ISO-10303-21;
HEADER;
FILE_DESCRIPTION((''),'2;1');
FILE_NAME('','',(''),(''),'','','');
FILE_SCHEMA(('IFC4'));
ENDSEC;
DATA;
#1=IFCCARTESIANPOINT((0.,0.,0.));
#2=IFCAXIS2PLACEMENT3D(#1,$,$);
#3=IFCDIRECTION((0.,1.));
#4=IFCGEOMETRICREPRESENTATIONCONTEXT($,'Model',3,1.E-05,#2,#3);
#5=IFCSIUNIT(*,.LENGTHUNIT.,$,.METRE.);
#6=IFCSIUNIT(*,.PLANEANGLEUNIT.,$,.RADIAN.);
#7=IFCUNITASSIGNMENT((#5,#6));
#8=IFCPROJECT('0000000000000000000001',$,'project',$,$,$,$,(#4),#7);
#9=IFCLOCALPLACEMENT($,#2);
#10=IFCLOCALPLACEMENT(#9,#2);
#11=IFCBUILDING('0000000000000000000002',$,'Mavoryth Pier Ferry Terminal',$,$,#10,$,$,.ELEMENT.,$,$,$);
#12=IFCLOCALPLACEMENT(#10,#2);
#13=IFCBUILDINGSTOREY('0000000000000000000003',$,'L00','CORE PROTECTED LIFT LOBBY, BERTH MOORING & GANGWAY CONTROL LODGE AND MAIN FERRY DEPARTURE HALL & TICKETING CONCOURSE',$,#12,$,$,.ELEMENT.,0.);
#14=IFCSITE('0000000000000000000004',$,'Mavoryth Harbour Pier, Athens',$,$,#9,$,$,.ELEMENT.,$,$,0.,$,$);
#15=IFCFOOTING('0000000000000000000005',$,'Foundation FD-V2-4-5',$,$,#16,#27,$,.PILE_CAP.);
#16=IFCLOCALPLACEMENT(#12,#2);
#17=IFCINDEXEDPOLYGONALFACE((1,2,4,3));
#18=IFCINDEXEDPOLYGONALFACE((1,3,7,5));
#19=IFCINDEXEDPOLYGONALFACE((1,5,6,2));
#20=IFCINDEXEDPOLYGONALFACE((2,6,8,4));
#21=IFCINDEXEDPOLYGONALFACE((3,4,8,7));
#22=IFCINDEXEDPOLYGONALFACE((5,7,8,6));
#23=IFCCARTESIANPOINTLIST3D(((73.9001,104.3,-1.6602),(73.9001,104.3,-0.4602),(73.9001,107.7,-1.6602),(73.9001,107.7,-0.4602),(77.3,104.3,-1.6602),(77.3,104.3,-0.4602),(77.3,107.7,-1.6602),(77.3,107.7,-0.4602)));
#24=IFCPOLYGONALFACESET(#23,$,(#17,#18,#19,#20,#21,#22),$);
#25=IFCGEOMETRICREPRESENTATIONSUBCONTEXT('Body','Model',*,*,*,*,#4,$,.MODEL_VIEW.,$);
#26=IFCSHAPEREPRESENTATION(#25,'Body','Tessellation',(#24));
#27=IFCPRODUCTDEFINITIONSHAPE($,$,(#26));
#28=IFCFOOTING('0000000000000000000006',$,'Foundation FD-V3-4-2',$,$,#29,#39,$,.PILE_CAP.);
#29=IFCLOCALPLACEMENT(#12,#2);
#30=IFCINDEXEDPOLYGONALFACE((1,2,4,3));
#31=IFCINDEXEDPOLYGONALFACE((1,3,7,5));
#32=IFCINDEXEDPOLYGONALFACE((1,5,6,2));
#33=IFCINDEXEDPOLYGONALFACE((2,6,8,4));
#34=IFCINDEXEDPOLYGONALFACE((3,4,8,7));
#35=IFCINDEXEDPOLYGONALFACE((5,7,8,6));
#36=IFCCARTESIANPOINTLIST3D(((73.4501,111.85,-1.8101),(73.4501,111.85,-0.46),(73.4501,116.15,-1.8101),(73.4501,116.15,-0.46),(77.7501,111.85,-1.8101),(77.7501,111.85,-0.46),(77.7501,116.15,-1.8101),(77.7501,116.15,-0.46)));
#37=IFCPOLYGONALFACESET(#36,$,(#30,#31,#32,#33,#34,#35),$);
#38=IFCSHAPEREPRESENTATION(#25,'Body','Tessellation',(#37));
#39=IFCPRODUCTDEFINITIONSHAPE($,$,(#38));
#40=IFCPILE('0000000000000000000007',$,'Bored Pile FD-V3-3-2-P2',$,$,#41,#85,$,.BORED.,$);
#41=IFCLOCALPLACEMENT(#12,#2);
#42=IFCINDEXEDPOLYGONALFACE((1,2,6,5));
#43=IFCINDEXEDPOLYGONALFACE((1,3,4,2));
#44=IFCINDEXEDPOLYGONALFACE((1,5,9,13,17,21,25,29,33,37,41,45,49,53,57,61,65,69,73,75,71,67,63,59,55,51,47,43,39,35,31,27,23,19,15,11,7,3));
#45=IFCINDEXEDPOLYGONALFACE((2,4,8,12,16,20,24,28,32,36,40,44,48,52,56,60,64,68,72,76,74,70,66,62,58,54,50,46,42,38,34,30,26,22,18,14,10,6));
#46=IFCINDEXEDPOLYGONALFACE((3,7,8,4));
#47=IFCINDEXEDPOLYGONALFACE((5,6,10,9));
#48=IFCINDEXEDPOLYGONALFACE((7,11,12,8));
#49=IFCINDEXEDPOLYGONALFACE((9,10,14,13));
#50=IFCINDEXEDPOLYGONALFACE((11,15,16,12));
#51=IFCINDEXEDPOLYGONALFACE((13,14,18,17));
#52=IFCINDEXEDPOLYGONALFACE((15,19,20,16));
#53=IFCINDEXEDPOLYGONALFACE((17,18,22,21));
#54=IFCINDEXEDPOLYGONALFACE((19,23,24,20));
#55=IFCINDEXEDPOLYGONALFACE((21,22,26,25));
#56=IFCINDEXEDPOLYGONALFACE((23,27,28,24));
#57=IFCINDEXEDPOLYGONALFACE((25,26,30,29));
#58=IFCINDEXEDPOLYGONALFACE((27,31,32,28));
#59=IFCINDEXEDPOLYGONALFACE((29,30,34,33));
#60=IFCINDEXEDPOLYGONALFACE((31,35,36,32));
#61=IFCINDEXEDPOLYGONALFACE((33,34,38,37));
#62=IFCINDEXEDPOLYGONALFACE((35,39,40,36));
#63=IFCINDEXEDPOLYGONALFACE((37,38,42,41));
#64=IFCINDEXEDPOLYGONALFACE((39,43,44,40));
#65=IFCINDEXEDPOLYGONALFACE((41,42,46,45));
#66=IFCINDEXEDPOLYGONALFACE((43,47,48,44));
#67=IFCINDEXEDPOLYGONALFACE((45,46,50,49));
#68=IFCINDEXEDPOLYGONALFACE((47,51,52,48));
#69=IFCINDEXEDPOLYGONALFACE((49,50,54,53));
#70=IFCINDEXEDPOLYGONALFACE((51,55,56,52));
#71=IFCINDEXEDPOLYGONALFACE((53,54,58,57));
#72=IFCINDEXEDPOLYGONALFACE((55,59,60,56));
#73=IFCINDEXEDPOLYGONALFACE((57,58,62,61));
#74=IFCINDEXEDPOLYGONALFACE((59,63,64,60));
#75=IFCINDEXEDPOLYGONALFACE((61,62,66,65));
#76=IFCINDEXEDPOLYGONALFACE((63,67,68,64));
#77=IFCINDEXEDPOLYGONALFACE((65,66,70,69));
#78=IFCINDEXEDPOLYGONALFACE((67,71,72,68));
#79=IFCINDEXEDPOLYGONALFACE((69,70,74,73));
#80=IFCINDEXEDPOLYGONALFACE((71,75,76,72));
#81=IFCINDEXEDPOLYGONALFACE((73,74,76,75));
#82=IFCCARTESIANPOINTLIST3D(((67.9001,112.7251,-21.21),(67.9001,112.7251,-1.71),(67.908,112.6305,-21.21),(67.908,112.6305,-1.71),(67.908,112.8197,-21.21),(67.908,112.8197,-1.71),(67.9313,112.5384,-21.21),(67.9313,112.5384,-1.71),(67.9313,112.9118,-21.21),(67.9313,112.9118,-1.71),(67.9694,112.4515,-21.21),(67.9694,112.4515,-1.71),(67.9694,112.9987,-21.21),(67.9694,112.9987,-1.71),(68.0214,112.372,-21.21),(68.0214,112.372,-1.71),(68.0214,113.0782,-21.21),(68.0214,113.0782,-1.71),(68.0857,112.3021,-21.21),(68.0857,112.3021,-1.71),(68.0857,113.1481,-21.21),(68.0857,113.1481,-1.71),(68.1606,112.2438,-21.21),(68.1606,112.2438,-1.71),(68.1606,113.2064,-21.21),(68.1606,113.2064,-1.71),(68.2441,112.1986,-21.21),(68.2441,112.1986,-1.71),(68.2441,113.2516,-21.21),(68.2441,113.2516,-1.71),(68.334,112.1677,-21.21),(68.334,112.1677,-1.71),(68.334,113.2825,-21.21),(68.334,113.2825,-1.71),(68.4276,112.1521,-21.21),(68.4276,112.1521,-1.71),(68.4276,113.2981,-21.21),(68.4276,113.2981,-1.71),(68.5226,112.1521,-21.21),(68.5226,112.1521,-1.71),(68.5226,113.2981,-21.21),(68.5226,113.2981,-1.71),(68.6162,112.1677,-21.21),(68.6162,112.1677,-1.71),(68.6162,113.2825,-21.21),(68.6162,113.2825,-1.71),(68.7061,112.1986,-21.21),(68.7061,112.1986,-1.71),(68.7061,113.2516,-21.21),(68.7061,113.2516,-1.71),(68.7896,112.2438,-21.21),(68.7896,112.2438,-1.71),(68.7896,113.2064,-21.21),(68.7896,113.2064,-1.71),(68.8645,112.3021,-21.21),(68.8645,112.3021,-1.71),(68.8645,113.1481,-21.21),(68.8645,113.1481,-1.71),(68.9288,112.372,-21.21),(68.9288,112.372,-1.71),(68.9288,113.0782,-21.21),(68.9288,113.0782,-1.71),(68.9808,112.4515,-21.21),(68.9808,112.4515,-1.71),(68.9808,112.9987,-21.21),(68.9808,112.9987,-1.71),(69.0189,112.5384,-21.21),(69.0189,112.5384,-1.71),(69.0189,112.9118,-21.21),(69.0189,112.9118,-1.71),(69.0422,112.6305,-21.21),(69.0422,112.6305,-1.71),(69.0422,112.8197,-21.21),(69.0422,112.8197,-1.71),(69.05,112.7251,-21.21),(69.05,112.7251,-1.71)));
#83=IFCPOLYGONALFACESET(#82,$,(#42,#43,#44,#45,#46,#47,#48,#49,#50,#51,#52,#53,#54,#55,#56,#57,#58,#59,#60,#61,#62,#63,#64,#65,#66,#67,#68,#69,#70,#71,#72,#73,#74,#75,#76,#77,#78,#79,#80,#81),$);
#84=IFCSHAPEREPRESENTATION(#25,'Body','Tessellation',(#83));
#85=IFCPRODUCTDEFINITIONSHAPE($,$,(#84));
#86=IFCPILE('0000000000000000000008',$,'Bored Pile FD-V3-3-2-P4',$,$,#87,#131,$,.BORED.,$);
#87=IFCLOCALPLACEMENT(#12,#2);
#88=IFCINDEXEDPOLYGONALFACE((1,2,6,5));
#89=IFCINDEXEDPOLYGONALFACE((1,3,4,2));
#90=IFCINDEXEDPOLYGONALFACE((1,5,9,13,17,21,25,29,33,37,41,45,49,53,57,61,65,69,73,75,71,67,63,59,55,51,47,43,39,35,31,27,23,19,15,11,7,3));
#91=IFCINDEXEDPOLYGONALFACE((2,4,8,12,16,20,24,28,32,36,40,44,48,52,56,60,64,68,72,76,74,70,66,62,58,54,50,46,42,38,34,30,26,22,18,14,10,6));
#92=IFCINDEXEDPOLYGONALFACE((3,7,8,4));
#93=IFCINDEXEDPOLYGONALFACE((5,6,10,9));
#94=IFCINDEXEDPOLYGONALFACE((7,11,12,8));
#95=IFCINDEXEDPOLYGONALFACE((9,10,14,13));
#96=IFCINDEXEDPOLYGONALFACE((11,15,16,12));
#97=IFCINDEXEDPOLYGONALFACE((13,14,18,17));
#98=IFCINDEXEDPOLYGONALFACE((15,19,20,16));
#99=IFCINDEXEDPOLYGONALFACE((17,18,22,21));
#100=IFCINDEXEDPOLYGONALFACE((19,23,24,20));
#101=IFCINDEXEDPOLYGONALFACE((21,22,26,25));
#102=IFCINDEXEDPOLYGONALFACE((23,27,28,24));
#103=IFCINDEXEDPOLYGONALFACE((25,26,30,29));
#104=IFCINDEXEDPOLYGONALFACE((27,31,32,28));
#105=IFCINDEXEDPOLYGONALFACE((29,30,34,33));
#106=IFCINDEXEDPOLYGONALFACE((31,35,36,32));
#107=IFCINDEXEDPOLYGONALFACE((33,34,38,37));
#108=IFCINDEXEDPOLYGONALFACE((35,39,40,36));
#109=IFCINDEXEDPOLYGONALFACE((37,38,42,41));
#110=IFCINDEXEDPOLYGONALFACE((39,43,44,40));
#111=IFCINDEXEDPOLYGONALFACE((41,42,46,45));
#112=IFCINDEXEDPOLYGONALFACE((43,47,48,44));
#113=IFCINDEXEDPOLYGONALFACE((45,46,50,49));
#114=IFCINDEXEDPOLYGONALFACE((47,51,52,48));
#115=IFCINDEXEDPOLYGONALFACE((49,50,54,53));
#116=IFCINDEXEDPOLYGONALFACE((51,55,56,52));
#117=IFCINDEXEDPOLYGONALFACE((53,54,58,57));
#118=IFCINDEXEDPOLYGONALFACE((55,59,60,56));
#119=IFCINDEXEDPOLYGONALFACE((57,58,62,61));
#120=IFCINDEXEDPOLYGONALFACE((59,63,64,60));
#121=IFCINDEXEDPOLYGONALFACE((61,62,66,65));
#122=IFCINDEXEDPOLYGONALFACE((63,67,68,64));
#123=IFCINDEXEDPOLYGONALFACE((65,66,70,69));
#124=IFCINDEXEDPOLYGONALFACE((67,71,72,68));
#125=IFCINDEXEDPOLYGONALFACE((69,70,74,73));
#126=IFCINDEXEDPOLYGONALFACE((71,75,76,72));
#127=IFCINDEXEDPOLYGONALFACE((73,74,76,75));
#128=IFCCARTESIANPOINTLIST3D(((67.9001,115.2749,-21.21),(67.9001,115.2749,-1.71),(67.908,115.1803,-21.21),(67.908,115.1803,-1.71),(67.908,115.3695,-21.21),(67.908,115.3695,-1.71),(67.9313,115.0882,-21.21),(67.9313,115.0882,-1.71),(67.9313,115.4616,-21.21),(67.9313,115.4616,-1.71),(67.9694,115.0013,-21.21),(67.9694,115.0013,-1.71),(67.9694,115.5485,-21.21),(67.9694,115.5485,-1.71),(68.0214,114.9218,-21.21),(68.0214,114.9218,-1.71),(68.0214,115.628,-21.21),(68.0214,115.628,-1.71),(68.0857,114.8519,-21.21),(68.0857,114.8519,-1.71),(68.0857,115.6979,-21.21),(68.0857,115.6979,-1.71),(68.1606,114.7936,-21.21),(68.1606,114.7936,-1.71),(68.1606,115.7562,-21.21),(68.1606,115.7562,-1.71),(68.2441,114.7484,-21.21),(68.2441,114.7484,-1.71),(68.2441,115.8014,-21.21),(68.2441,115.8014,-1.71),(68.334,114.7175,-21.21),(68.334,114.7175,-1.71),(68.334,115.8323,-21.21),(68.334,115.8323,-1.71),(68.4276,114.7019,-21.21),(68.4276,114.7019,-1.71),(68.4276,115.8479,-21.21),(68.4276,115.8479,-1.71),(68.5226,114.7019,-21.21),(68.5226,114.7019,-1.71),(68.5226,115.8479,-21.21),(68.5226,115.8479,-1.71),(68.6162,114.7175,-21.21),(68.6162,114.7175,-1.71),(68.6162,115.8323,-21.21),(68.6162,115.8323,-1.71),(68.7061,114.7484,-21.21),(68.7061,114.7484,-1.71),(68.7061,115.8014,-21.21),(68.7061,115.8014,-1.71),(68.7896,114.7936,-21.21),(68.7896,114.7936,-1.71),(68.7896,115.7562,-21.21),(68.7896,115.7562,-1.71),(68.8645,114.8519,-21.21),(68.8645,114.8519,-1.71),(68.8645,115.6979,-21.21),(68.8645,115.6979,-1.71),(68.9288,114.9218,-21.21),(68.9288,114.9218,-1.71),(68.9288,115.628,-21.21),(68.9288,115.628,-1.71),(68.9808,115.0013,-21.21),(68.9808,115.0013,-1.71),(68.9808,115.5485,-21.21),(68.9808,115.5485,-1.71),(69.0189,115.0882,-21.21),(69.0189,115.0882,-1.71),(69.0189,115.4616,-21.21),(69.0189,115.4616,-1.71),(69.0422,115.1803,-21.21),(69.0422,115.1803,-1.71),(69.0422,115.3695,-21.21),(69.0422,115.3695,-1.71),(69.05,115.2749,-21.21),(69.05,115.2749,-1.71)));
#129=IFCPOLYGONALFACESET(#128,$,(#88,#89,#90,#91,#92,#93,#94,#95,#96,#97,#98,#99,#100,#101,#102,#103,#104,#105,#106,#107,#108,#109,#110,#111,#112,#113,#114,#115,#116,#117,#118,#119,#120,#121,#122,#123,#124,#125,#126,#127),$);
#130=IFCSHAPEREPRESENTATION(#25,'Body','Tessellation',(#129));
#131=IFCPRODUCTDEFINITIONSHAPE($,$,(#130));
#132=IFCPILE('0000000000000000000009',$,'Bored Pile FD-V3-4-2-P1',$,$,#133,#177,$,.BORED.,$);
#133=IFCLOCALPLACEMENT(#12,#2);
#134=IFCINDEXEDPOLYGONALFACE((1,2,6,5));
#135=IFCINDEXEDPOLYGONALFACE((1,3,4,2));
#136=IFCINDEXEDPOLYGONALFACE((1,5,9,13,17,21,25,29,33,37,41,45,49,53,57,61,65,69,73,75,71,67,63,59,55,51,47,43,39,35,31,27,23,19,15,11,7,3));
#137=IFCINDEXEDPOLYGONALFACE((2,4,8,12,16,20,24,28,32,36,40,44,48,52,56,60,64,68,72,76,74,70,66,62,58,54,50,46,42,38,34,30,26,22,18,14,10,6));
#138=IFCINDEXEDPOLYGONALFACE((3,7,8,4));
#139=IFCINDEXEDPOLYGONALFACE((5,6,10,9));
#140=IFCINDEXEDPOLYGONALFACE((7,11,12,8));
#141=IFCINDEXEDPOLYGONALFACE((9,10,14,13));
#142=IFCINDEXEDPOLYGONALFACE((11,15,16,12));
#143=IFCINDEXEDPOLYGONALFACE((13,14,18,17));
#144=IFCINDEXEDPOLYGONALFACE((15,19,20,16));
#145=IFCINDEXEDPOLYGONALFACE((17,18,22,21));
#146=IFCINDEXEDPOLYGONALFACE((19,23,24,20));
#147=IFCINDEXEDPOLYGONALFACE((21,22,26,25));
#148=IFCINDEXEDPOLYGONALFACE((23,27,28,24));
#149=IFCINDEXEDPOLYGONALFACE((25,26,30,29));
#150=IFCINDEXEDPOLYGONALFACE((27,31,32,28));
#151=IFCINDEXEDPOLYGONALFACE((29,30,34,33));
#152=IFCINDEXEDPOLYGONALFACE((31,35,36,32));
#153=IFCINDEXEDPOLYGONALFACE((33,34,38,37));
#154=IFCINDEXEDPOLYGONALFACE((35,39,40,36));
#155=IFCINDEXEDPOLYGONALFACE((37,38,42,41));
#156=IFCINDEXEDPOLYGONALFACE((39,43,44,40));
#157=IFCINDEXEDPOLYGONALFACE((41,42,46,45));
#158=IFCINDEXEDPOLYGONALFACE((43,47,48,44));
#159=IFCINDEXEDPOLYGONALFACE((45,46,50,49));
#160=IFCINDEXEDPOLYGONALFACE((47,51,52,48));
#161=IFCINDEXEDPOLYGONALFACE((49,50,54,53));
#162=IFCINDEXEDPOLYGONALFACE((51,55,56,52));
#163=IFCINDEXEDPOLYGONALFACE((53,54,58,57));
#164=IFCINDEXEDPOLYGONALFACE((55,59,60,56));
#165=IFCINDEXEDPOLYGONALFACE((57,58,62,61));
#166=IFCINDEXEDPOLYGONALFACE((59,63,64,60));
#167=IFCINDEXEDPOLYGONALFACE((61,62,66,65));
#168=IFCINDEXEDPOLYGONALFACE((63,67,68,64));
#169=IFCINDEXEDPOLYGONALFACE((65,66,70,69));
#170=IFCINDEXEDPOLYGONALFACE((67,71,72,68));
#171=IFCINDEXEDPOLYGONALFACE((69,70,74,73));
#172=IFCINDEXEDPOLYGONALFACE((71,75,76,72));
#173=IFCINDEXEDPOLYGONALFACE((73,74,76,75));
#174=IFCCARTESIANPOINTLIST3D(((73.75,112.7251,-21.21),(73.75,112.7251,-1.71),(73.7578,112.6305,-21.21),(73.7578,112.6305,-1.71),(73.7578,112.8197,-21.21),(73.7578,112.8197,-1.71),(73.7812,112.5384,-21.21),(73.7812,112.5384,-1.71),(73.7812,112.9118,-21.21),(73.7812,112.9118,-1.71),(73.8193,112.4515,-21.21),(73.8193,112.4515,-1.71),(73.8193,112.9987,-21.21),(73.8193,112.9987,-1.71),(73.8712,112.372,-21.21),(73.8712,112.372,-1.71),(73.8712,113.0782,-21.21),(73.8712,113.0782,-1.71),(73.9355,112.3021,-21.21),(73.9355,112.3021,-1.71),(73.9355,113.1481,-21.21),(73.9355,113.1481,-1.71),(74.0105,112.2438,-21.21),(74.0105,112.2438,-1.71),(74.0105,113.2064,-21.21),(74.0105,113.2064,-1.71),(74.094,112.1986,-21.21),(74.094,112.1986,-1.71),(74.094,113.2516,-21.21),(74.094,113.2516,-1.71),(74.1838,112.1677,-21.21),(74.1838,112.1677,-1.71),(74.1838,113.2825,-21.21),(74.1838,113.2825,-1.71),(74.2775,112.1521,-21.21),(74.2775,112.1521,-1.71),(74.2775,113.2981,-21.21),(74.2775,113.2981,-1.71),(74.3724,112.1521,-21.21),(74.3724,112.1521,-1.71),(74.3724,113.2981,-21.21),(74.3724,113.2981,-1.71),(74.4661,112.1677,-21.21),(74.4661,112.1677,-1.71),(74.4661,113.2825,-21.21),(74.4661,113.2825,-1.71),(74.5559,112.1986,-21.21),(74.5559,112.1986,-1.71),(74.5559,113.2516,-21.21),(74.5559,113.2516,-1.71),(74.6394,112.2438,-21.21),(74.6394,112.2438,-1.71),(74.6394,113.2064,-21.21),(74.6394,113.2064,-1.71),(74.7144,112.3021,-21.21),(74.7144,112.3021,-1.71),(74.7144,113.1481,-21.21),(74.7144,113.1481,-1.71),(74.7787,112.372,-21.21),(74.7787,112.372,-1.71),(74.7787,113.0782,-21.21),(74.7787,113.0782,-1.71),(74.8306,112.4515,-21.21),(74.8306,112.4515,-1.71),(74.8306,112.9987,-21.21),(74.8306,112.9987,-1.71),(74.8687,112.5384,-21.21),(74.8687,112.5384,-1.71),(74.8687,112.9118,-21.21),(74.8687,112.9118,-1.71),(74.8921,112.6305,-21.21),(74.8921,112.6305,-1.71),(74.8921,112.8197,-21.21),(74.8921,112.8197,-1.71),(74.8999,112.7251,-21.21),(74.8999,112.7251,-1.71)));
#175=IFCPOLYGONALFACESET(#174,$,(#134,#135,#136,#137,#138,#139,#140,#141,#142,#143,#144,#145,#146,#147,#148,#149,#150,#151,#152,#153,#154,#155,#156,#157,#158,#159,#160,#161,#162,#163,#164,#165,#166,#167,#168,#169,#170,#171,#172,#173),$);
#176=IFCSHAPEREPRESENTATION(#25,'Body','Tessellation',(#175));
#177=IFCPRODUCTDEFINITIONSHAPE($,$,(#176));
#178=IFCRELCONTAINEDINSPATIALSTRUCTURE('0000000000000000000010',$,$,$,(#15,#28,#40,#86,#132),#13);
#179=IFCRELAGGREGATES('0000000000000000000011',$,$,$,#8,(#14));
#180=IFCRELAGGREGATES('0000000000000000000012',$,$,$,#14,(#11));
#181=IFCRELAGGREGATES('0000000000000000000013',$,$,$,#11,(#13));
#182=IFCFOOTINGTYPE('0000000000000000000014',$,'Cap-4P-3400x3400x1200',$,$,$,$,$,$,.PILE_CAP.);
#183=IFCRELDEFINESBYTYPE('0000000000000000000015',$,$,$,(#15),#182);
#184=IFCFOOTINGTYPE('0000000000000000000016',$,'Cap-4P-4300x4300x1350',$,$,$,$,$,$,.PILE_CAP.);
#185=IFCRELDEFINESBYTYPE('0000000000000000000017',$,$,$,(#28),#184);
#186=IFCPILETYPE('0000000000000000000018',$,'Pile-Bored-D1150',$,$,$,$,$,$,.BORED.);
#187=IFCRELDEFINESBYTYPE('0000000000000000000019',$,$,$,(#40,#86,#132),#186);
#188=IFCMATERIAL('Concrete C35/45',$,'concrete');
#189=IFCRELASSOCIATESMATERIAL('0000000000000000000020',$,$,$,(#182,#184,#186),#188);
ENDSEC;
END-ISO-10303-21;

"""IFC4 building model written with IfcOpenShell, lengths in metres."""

from ifc_helpers import new_model, si_unit, direction, frame, origin, origin_2d, place, context, subcontext, project, spatial, rectangle, circle, extrude, material, material_profile, profile_set, type_object, element, save


model = new_model("IFC4")

# Units and contexts
model_context = context("Model", 3, precision=1e-05, world=origin(), true_north=direction((0.0, 1.0)))
body_context = subcontext(model_context, "Body", "Model", "MODEL_VIEW")
ifc_project = project(units=[si_unit("LENGTHUNIT", "METRE"), si_unit("PLANEANGLEUNIT", "RADIAN")], contexts=[model_context])

# Site, building, storey
site_placement = place(None, origin())
site = spatial("IfcSite", under=ifc_project, at=site_placement, Name="Mavoryth Harbour Pier, Athens", CompositionType="ELEMENT", RefElevation=0.0)
building_placement = place(site_placement, origin())
building = spatial("IfcBuilding", under=site, at=building_placement, Name="Mavoryth Pier Ferry Terminal", CompositionType="ELEMENT")
storey_placement = place(building_placement, origin())
storey = spatial("IfcBuildingStorey", under=building, at=storey_placement, Name="L00", Description="CORE PROTECTED LIFT LOBBY, BERTH MOORING & GANGWAY CONTROL LODGE AND MAIN FERRY DEPARTURE HALL & TICKETING CONCOURSE", CompositionType="ELEMENT", Elevation=0.0)

# Footings
ifc_material_1 = material(Name="Concrete C35/45", Category="concrete")
footing_type_1 = type_object("IfcFootingType", Name="Cap-4P-3400x3400x1200", PredefinedType="PILE_CAP", material=ifc_material_1)
footing_1_placement = place(storey_placement, frame((75.6001, 106.0, -1.6602), z_axis=(0.0, 0.0, 1.0), x_axis=(1.0, 0.0, 0.0)))
element("IfcFooting", 1, at=footing_1_placement, inside=storey, type_object=footing_type_1, Name="Foundation FD-V2-4-5", PredefinedType="PILE_CAP", context=body_context, shape_type="SweptSolid", body=[
    extrude(rectangle(XDim=3.3999, YDim=3.3999, at=origin_2d()), origin(), (0.0, 0.0, 1.0), 1.2),
])
footing_type_2 = type_object("IfcFootingType", Name="Cap-4P-4300x4300x1350", PredefinedType="PILE_CAP", material=ifc_material_1)
footing_2_placement = place(storey_placement, frame((75.6001, 114.0, -1.8101), z_axis=(0.0, 0.0, 1.0), x_axis=(1.0, 0.0, 0.0)))
element("IfcFooting", 2, at=footing_2_placement, inside=storey, type_object=footing_type_2, Name="Foundation FD-V3-4-2", PredefinedType="PILE_CAP", context=body_context, shape_type="SweptSolid", body=[
    extrude(rectangle(XDim=4.3, YDim=4.3, at=origin_2d()), origin(), (0.0, 0.0, 1.0), 1.3501),
])

# Piles
ifc_material_profile_1 = material_profile(ifc_material_1, circle(Radius=0.575, at=origin_2d()), Name="PILE D1150", Category="concrete")
ifc_profile_set_1 = profile_set([ifc_material_profile_1], Name="Concrete C35/45 - PILE D1150")
pile_type_1 = type_object("IfcPileType", Name="Pile-Bored-D1150", PredefinedType="BORED", material=ifc_profile_set_1)
for number, where, z_axis, x_axis, name in (
    (3, (68.4751, 112.7251, -1.71), (0.0, 0.0, -1.0), (1.0, 0.0, 0.0), "Bored Pile FD-V3-3-2-P2"),
    (4, (68.4751, 115.2749, -1.71), (0.0, 0.0, -1.0), (1.0, 0.0, 0.0), "Bored Pile FD-V3-3-2-P4"),
    (5, (74.325, 112.7251, -1.71), (0.0, 0.0, -1.0), (1.0, 0.0, 0.0), "Bored Pile FD-V3-4-2-P1"),
):
    element("IfcPile", number, at=place(storey_placement, frame(where, z_axis=z_axis, x_axis=x_axis)), inside=storey, type_object=pile_type_1, Name=name, PredefinedType="BORED", context=body_context, shape_type="SweptSolid", body=[
        extrude(circle(Radius=0.575, at=origin_2d()), origin(), (0.0, 0.0, 1.0), 19.5),
    ])

save(model, "model.ifc")
